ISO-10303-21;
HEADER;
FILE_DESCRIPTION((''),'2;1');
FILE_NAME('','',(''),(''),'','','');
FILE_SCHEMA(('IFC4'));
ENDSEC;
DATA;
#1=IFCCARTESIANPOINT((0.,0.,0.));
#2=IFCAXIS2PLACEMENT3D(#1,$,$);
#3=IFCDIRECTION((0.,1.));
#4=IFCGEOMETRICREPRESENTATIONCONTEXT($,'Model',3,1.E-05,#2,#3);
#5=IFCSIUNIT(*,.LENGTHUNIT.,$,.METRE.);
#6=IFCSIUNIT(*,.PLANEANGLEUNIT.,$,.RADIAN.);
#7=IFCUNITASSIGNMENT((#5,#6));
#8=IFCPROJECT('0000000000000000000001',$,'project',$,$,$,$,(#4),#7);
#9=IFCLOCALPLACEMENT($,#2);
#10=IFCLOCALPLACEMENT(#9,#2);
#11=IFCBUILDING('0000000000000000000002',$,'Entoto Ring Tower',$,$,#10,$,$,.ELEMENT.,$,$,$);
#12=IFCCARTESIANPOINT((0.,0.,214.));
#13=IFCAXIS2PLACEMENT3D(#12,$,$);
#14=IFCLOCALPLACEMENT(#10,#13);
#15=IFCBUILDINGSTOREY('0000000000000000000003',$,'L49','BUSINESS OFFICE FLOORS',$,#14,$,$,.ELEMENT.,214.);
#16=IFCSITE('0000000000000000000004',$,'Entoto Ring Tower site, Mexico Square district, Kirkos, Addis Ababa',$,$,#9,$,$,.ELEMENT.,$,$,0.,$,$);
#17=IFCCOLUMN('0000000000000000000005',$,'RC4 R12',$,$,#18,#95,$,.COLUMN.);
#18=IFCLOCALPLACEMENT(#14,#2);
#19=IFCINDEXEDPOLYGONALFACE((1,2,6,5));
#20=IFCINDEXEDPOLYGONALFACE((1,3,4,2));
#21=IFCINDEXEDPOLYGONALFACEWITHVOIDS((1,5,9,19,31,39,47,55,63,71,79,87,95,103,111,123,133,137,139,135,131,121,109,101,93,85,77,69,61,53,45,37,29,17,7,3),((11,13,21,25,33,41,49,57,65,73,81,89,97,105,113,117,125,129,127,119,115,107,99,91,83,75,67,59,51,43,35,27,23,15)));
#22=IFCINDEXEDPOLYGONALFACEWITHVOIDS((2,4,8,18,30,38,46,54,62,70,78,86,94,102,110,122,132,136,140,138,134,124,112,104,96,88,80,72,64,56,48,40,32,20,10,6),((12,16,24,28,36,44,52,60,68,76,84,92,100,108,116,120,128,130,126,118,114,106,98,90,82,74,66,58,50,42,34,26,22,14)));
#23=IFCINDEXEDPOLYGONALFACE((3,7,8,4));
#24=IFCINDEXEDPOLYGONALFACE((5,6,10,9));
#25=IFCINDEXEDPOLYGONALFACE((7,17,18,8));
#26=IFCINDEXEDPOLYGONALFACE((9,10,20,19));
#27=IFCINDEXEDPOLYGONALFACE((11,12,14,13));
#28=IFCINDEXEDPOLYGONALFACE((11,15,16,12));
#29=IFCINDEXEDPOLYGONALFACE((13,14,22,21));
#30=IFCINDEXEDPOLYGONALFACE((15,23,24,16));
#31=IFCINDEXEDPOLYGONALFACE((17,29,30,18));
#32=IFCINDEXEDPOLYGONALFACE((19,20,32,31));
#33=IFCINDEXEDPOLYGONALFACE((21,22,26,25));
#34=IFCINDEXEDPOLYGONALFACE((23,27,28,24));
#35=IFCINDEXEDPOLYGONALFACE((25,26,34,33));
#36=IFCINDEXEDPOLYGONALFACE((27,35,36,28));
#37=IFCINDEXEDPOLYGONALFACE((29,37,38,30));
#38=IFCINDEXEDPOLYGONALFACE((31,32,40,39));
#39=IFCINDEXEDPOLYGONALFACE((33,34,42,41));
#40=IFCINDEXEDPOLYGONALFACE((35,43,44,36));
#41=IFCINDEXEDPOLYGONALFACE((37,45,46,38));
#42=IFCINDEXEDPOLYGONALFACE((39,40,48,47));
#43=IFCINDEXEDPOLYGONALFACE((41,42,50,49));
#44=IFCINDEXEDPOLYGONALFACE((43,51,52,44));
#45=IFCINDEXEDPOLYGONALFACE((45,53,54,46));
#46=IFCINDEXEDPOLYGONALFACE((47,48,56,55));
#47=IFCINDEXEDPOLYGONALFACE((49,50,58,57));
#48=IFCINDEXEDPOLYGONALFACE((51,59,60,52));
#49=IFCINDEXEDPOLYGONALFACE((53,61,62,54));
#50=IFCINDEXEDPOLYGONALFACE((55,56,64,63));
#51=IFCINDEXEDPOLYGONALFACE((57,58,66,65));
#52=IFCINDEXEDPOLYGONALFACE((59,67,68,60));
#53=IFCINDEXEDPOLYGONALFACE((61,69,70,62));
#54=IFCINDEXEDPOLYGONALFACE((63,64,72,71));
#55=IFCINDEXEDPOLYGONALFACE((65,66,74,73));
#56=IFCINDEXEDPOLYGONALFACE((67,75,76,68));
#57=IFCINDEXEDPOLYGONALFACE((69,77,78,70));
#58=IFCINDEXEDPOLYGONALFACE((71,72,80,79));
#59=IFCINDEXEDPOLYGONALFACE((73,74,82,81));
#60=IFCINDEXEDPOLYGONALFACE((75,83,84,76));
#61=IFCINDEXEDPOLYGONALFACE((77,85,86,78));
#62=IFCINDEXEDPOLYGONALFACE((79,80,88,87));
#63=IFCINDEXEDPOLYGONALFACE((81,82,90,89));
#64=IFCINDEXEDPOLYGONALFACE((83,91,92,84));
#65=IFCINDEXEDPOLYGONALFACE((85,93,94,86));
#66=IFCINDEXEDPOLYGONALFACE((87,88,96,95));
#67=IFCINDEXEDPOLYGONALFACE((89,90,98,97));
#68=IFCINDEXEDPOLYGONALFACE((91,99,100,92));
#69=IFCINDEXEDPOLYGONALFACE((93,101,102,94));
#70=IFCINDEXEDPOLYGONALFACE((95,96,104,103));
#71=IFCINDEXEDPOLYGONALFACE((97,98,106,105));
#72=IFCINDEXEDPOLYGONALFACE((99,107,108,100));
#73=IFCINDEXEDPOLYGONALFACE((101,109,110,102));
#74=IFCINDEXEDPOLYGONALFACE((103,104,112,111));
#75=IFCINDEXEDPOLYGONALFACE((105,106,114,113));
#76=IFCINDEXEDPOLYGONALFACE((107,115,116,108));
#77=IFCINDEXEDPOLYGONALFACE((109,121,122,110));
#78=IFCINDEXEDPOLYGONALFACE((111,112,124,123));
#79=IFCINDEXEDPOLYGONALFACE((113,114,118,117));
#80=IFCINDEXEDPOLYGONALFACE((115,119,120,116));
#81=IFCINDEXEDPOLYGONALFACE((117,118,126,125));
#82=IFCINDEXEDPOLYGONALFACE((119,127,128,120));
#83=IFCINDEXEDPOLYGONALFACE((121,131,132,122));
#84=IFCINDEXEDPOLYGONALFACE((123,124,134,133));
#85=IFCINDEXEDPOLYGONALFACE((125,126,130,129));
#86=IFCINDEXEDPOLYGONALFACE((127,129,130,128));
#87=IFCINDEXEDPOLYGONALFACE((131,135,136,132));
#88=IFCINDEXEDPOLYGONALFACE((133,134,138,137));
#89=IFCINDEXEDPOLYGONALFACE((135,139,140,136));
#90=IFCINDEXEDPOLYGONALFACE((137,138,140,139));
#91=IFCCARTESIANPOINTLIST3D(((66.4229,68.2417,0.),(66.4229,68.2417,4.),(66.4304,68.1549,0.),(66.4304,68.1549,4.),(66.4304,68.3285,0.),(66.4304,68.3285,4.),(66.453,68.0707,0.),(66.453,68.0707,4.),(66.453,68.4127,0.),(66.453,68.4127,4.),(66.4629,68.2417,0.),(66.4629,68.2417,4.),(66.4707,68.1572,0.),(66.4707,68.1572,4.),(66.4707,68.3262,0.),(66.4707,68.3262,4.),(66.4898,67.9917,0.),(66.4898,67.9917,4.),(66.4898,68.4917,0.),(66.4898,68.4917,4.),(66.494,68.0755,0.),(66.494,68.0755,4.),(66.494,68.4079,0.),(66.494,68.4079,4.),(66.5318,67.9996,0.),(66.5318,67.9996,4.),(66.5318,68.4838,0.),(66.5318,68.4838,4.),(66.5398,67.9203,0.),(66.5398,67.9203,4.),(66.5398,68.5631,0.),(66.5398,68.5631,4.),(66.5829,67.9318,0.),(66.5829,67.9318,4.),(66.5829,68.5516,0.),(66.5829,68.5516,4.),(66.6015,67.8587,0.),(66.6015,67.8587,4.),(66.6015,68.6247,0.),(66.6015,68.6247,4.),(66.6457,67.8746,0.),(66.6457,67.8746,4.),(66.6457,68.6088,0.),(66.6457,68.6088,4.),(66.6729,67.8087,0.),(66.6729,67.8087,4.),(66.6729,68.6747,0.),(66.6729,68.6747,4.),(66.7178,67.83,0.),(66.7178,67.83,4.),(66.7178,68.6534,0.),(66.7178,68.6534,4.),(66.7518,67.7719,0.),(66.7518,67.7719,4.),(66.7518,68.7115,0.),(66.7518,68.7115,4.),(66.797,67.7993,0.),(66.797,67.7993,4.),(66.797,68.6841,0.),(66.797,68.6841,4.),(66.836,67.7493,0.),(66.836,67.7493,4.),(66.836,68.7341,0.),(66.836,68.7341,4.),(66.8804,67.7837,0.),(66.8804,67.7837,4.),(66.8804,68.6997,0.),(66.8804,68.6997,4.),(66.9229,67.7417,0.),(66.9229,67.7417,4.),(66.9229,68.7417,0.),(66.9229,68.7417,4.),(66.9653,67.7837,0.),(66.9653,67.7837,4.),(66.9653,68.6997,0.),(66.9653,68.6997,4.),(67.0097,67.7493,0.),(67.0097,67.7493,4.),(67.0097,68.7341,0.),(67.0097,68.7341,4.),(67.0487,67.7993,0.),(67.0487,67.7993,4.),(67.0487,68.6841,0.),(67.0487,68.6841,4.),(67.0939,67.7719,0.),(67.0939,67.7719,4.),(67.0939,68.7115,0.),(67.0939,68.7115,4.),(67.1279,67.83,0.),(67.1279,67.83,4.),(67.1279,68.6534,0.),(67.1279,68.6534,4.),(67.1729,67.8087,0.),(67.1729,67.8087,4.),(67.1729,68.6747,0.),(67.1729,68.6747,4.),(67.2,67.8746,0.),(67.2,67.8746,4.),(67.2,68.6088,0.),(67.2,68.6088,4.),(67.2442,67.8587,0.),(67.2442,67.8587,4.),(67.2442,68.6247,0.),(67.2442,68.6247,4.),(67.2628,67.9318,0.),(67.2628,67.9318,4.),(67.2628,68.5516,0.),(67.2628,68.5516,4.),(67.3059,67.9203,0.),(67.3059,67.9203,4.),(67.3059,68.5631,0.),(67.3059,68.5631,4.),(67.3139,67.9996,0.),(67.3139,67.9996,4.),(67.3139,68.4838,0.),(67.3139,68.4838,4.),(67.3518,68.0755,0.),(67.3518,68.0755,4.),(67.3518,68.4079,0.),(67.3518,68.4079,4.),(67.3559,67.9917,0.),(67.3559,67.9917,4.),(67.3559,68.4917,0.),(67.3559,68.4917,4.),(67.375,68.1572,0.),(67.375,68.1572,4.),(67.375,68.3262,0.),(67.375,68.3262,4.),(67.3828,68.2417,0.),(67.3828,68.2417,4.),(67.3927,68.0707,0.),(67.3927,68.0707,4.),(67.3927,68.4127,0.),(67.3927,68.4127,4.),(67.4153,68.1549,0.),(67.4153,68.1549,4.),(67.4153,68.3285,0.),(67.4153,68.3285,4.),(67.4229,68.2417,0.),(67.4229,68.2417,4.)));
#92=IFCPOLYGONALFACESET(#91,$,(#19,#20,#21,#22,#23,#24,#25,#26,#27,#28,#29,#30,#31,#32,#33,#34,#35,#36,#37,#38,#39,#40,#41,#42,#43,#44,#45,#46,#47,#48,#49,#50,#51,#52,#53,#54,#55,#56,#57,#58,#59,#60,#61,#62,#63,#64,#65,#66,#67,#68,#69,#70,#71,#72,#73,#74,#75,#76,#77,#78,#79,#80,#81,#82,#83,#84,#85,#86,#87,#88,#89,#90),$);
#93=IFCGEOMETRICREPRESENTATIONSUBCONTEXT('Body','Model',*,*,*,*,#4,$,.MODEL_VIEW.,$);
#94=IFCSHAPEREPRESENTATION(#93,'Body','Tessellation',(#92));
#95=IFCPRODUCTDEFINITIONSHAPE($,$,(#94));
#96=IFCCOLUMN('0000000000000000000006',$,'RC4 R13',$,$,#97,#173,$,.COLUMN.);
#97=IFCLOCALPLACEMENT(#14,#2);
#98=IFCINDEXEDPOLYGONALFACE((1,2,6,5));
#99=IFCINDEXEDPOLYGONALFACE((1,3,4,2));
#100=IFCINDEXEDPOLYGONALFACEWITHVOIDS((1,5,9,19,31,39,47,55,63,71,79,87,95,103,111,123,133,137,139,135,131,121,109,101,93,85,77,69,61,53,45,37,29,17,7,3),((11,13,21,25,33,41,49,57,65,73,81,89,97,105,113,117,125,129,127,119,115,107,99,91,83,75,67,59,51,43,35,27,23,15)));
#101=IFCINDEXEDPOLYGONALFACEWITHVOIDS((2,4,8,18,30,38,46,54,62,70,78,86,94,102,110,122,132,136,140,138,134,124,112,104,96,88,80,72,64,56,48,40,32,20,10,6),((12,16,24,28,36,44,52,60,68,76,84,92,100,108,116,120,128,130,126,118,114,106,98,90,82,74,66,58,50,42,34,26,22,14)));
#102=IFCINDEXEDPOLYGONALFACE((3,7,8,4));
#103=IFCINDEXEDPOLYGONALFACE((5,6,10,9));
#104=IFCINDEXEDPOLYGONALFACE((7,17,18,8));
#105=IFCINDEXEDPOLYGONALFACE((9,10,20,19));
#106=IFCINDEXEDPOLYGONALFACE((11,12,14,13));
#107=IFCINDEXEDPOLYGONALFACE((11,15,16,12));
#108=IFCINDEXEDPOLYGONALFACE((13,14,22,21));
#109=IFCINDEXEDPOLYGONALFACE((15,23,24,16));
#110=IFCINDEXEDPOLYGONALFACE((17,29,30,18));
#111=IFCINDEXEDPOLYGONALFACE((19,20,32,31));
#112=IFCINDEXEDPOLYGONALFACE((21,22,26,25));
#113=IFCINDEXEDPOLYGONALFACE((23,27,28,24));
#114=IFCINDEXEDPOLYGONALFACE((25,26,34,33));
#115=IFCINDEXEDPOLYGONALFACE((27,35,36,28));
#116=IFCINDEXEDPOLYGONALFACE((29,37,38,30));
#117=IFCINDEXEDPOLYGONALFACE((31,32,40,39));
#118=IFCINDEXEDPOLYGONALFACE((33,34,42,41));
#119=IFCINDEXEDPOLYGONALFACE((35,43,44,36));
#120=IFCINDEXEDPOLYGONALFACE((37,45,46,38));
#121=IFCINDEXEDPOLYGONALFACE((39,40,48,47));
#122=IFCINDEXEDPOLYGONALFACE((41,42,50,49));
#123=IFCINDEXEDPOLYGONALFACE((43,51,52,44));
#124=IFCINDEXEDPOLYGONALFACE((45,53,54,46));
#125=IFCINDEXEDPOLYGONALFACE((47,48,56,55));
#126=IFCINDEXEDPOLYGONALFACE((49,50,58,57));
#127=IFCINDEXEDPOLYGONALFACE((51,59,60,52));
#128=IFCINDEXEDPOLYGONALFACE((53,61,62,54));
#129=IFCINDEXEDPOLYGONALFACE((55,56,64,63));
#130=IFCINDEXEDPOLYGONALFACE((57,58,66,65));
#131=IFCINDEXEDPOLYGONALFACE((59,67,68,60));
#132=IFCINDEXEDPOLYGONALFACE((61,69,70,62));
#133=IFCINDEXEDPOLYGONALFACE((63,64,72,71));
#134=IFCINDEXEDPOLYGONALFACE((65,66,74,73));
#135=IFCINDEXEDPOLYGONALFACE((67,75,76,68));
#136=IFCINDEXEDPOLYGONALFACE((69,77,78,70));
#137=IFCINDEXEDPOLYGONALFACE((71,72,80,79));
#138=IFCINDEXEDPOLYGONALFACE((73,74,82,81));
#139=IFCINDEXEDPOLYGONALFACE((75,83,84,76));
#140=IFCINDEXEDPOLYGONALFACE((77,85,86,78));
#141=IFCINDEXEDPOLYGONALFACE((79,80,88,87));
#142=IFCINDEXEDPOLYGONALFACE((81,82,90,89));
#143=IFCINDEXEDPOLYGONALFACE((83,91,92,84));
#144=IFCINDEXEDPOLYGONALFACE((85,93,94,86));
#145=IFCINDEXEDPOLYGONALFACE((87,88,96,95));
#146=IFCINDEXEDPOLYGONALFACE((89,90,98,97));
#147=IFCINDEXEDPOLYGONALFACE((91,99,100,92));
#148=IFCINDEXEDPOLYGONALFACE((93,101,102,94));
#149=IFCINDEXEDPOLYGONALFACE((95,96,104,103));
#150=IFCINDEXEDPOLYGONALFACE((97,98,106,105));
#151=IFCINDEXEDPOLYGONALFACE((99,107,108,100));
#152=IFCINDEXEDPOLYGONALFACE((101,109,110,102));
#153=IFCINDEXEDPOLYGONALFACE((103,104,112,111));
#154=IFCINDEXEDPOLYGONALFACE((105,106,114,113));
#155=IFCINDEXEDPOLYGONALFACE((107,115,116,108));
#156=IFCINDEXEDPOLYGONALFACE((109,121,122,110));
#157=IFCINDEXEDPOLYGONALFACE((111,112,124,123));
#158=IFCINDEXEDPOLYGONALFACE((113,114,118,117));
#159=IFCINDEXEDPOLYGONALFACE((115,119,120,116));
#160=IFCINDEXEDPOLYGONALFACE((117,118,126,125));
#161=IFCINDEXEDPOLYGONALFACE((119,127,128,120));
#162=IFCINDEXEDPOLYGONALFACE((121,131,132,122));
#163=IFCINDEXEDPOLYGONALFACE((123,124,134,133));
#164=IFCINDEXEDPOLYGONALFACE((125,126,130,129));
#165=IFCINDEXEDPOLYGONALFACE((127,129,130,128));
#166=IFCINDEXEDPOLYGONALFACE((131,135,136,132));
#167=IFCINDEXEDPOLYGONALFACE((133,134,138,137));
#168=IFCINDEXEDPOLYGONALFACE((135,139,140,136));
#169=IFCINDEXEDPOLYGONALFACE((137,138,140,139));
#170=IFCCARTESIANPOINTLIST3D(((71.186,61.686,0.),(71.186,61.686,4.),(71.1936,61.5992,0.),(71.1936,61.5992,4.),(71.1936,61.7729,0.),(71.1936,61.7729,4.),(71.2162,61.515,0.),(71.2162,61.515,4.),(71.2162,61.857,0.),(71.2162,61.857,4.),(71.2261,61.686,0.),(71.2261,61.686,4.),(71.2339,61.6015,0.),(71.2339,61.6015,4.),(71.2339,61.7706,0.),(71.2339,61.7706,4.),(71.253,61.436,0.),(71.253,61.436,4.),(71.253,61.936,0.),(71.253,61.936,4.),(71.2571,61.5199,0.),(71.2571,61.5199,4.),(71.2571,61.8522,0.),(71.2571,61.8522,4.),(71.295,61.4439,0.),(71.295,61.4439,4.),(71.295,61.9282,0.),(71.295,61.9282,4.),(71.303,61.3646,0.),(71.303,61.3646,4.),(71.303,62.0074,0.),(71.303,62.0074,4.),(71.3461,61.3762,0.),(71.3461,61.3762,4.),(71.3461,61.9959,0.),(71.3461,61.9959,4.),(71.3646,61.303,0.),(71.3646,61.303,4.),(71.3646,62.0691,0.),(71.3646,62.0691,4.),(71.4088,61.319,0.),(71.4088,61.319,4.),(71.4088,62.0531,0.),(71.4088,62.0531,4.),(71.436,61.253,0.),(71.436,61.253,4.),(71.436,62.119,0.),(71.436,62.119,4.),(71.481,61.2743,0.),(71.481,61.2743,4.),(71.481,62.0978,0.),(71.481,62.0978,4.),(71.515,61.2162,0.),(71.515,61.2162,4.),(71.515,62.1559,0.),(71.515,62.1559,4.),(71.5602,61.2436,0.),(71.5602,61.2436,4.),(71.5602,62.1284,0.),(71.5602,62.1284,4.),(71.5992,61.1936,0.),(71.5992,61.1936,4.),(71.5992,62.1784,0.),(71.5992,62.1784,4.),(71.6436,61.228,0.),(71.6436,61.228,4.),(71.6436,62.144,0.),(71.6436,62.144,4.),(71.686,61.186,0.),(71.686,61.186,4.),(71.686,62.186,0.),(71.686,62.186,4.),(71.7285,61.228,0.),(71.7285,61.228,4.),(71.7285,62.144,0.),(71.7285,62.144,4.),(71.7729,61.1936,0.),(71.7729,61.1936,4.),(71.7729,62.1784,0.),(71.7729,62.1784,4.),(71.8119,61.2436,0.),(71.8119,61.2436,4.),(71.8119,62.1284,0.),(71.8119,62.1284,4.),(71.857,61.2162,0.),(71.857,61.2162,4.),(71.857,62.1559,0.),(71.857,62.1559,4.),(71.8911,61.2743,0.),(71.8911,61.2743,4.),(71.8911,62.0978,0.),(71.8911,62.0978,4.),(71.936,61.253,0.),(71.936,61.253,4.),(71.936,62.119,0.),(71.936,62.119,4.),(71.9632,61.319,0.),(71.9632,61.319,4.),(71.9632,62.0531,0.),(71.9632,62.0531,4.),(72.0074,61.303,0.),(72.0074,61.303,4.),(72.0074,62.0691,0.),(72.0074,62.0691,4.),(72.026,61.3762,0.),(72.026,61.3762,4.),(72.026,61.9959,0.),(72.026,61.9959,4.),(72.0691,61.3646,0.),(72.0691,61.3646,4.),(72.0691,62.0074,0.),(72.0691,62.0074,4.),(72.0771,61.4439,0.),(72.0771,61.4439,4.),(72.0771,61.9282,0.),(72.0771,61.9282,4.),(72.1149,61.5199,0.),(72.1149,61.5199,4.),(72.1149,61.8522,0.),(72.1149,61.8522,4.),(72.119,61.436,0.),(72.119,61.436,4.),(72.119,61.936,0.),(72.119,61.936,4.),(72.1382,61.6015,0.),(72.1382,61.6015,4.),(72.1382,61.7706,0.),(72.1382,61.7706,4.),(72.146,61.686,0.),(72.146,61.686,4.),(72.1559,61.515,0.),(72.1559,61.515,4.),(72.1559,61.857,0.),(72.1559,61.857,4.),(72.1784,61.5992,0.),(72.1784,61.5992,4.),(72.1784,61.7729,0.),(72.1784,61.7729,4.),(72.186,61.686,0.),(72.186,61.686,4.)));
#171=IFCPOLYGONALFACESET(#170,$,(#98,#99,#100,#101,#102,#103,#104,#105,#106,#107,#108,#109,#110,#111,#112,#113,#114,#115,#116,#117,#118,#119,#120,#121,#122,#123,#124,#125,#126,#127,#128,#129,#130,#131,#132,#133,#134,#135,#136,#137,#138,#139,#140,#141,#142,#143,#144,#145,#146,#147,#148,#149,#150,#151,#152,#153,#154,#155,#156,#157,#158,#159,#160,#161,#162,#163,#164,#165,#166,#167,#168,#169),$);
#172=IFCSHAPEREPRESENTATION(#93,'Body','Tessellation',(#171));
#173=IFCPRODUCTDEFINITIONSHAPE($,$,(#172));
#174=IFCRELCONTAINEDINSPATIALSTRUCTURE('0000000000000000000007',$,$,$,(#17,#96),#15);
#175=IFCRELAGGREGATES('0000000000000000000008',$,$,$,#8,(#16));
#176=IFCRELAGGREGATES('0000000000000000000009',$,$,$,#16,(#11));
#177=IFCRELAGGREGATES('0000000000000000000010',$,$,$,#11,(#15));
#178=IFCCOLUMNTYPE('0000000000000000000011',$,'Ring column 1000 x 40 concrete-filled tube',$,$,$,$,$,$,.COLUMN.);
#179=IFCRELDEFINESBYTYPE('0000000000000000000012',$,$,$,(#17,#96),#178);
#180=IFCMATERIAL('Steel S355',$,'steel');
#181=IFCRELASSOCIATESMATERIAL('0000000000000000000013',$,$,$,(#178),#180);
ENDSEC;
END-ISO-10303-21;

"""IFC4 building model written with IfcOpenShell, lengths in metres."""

from ifc_helpers import new_model, si_unit, direction, frame, origin, origin_2d, place, context, subcontext, project, spatial, circle, hollow_circle, extrude, material, material_profile, profile_set, type_object, element, save


model = new_model("IFC4")

# Units and contexts
model_context = context("Model", 3, precision=1e-05, world=origin(), true_north=direction((0.0, 1.0)))
body_context = subcontext(model_context, "Body", "Model", "MODEL_VIEW")
ifc_project = project(units=[si_unit("LENGTHUNIT", "METRE"), si_unit("PLANEANGLEUNIT", "RADIAN")], contexts=[model_context])

# Site, building, storey
site_placement = place(None, origin())
site = spatial("IfcSite", under=ifc_project, at=site_placement, Name="Entoto Ring Tower site, Mexico Square district, Kirkos, Addis Ababa", CompositionType="ELEMENT", RefElevation=0.0)
building_placement = place(site_placement, origin())
building = spatial("IfcBuilding", under=site, at=building_placement, Name="Entoto Ring Tower", CompositionType="ELEMENT")
storey_placement = place(building_placement, frame((0.0, 0.0, 214.0)))
storey = spatial("IfcBuildingStorey", under=building, at=storey_placement, Name="L49", Description="BUSINESS OFFICE FLOORS", CompositionType="ELEMENT", Elevation=214.0)

# Columns
ifc_material_1 = material(Name="Steel S355", Category="steel")
ifc_material_profile_1 = material_profile(ifc_material_1, hollow_circle(Radius=0.5, WallThickness=0.04, at=origin_2d()), Name="CHS 1000 x 40")
ifc_material_2 = material(Name="Concrete C60/75", Category="concrete")
ifc_material_profile_2 = material_profile(ifc_material_2, circle(Radius=0.46, at=origin_2d()), Name="Concrete C60/75 infill")
ifc_profile_set_1 = profile_set([ifc_material_profile_1, ifc_material_profile_2], Name="Steel S355")
column_type = type_object("IfcColumnType", Name="Ring column 1000 x 40 concrete-filled tube", PredefinedType="COLUMN", material=ifc_profile_set_1)
for number, where, z_axis, x_axis, name in (
    (1, (66.9229, 68.2417, 0.0), (0.0, 0.0, 1.0), (1.0, 0.0, 0.0), "RC4 R12"),
    (2, (71.686, 61.686, 0.0), (0.0, 0.0, 1.0), (1.0, 0.0, 0.0), "RC4 R13"),
):
    element("IfcColumn", number, at=place(storey_placement, frame(where, z_axis=z_axis, x_axis=x_axis)), inside=storey, type_object=column_type, Name=name, PredefinedType="COLUMN", context=body_context, shape_type="SweptSolid", body=[
        extrude(hollow_circle(Radius=0.5, WallThickness=0.04, at=origin_2d()), origin(), (0.0, 0.0, 1.0), 4.0),
    ])

save(model, "model.ifc")
